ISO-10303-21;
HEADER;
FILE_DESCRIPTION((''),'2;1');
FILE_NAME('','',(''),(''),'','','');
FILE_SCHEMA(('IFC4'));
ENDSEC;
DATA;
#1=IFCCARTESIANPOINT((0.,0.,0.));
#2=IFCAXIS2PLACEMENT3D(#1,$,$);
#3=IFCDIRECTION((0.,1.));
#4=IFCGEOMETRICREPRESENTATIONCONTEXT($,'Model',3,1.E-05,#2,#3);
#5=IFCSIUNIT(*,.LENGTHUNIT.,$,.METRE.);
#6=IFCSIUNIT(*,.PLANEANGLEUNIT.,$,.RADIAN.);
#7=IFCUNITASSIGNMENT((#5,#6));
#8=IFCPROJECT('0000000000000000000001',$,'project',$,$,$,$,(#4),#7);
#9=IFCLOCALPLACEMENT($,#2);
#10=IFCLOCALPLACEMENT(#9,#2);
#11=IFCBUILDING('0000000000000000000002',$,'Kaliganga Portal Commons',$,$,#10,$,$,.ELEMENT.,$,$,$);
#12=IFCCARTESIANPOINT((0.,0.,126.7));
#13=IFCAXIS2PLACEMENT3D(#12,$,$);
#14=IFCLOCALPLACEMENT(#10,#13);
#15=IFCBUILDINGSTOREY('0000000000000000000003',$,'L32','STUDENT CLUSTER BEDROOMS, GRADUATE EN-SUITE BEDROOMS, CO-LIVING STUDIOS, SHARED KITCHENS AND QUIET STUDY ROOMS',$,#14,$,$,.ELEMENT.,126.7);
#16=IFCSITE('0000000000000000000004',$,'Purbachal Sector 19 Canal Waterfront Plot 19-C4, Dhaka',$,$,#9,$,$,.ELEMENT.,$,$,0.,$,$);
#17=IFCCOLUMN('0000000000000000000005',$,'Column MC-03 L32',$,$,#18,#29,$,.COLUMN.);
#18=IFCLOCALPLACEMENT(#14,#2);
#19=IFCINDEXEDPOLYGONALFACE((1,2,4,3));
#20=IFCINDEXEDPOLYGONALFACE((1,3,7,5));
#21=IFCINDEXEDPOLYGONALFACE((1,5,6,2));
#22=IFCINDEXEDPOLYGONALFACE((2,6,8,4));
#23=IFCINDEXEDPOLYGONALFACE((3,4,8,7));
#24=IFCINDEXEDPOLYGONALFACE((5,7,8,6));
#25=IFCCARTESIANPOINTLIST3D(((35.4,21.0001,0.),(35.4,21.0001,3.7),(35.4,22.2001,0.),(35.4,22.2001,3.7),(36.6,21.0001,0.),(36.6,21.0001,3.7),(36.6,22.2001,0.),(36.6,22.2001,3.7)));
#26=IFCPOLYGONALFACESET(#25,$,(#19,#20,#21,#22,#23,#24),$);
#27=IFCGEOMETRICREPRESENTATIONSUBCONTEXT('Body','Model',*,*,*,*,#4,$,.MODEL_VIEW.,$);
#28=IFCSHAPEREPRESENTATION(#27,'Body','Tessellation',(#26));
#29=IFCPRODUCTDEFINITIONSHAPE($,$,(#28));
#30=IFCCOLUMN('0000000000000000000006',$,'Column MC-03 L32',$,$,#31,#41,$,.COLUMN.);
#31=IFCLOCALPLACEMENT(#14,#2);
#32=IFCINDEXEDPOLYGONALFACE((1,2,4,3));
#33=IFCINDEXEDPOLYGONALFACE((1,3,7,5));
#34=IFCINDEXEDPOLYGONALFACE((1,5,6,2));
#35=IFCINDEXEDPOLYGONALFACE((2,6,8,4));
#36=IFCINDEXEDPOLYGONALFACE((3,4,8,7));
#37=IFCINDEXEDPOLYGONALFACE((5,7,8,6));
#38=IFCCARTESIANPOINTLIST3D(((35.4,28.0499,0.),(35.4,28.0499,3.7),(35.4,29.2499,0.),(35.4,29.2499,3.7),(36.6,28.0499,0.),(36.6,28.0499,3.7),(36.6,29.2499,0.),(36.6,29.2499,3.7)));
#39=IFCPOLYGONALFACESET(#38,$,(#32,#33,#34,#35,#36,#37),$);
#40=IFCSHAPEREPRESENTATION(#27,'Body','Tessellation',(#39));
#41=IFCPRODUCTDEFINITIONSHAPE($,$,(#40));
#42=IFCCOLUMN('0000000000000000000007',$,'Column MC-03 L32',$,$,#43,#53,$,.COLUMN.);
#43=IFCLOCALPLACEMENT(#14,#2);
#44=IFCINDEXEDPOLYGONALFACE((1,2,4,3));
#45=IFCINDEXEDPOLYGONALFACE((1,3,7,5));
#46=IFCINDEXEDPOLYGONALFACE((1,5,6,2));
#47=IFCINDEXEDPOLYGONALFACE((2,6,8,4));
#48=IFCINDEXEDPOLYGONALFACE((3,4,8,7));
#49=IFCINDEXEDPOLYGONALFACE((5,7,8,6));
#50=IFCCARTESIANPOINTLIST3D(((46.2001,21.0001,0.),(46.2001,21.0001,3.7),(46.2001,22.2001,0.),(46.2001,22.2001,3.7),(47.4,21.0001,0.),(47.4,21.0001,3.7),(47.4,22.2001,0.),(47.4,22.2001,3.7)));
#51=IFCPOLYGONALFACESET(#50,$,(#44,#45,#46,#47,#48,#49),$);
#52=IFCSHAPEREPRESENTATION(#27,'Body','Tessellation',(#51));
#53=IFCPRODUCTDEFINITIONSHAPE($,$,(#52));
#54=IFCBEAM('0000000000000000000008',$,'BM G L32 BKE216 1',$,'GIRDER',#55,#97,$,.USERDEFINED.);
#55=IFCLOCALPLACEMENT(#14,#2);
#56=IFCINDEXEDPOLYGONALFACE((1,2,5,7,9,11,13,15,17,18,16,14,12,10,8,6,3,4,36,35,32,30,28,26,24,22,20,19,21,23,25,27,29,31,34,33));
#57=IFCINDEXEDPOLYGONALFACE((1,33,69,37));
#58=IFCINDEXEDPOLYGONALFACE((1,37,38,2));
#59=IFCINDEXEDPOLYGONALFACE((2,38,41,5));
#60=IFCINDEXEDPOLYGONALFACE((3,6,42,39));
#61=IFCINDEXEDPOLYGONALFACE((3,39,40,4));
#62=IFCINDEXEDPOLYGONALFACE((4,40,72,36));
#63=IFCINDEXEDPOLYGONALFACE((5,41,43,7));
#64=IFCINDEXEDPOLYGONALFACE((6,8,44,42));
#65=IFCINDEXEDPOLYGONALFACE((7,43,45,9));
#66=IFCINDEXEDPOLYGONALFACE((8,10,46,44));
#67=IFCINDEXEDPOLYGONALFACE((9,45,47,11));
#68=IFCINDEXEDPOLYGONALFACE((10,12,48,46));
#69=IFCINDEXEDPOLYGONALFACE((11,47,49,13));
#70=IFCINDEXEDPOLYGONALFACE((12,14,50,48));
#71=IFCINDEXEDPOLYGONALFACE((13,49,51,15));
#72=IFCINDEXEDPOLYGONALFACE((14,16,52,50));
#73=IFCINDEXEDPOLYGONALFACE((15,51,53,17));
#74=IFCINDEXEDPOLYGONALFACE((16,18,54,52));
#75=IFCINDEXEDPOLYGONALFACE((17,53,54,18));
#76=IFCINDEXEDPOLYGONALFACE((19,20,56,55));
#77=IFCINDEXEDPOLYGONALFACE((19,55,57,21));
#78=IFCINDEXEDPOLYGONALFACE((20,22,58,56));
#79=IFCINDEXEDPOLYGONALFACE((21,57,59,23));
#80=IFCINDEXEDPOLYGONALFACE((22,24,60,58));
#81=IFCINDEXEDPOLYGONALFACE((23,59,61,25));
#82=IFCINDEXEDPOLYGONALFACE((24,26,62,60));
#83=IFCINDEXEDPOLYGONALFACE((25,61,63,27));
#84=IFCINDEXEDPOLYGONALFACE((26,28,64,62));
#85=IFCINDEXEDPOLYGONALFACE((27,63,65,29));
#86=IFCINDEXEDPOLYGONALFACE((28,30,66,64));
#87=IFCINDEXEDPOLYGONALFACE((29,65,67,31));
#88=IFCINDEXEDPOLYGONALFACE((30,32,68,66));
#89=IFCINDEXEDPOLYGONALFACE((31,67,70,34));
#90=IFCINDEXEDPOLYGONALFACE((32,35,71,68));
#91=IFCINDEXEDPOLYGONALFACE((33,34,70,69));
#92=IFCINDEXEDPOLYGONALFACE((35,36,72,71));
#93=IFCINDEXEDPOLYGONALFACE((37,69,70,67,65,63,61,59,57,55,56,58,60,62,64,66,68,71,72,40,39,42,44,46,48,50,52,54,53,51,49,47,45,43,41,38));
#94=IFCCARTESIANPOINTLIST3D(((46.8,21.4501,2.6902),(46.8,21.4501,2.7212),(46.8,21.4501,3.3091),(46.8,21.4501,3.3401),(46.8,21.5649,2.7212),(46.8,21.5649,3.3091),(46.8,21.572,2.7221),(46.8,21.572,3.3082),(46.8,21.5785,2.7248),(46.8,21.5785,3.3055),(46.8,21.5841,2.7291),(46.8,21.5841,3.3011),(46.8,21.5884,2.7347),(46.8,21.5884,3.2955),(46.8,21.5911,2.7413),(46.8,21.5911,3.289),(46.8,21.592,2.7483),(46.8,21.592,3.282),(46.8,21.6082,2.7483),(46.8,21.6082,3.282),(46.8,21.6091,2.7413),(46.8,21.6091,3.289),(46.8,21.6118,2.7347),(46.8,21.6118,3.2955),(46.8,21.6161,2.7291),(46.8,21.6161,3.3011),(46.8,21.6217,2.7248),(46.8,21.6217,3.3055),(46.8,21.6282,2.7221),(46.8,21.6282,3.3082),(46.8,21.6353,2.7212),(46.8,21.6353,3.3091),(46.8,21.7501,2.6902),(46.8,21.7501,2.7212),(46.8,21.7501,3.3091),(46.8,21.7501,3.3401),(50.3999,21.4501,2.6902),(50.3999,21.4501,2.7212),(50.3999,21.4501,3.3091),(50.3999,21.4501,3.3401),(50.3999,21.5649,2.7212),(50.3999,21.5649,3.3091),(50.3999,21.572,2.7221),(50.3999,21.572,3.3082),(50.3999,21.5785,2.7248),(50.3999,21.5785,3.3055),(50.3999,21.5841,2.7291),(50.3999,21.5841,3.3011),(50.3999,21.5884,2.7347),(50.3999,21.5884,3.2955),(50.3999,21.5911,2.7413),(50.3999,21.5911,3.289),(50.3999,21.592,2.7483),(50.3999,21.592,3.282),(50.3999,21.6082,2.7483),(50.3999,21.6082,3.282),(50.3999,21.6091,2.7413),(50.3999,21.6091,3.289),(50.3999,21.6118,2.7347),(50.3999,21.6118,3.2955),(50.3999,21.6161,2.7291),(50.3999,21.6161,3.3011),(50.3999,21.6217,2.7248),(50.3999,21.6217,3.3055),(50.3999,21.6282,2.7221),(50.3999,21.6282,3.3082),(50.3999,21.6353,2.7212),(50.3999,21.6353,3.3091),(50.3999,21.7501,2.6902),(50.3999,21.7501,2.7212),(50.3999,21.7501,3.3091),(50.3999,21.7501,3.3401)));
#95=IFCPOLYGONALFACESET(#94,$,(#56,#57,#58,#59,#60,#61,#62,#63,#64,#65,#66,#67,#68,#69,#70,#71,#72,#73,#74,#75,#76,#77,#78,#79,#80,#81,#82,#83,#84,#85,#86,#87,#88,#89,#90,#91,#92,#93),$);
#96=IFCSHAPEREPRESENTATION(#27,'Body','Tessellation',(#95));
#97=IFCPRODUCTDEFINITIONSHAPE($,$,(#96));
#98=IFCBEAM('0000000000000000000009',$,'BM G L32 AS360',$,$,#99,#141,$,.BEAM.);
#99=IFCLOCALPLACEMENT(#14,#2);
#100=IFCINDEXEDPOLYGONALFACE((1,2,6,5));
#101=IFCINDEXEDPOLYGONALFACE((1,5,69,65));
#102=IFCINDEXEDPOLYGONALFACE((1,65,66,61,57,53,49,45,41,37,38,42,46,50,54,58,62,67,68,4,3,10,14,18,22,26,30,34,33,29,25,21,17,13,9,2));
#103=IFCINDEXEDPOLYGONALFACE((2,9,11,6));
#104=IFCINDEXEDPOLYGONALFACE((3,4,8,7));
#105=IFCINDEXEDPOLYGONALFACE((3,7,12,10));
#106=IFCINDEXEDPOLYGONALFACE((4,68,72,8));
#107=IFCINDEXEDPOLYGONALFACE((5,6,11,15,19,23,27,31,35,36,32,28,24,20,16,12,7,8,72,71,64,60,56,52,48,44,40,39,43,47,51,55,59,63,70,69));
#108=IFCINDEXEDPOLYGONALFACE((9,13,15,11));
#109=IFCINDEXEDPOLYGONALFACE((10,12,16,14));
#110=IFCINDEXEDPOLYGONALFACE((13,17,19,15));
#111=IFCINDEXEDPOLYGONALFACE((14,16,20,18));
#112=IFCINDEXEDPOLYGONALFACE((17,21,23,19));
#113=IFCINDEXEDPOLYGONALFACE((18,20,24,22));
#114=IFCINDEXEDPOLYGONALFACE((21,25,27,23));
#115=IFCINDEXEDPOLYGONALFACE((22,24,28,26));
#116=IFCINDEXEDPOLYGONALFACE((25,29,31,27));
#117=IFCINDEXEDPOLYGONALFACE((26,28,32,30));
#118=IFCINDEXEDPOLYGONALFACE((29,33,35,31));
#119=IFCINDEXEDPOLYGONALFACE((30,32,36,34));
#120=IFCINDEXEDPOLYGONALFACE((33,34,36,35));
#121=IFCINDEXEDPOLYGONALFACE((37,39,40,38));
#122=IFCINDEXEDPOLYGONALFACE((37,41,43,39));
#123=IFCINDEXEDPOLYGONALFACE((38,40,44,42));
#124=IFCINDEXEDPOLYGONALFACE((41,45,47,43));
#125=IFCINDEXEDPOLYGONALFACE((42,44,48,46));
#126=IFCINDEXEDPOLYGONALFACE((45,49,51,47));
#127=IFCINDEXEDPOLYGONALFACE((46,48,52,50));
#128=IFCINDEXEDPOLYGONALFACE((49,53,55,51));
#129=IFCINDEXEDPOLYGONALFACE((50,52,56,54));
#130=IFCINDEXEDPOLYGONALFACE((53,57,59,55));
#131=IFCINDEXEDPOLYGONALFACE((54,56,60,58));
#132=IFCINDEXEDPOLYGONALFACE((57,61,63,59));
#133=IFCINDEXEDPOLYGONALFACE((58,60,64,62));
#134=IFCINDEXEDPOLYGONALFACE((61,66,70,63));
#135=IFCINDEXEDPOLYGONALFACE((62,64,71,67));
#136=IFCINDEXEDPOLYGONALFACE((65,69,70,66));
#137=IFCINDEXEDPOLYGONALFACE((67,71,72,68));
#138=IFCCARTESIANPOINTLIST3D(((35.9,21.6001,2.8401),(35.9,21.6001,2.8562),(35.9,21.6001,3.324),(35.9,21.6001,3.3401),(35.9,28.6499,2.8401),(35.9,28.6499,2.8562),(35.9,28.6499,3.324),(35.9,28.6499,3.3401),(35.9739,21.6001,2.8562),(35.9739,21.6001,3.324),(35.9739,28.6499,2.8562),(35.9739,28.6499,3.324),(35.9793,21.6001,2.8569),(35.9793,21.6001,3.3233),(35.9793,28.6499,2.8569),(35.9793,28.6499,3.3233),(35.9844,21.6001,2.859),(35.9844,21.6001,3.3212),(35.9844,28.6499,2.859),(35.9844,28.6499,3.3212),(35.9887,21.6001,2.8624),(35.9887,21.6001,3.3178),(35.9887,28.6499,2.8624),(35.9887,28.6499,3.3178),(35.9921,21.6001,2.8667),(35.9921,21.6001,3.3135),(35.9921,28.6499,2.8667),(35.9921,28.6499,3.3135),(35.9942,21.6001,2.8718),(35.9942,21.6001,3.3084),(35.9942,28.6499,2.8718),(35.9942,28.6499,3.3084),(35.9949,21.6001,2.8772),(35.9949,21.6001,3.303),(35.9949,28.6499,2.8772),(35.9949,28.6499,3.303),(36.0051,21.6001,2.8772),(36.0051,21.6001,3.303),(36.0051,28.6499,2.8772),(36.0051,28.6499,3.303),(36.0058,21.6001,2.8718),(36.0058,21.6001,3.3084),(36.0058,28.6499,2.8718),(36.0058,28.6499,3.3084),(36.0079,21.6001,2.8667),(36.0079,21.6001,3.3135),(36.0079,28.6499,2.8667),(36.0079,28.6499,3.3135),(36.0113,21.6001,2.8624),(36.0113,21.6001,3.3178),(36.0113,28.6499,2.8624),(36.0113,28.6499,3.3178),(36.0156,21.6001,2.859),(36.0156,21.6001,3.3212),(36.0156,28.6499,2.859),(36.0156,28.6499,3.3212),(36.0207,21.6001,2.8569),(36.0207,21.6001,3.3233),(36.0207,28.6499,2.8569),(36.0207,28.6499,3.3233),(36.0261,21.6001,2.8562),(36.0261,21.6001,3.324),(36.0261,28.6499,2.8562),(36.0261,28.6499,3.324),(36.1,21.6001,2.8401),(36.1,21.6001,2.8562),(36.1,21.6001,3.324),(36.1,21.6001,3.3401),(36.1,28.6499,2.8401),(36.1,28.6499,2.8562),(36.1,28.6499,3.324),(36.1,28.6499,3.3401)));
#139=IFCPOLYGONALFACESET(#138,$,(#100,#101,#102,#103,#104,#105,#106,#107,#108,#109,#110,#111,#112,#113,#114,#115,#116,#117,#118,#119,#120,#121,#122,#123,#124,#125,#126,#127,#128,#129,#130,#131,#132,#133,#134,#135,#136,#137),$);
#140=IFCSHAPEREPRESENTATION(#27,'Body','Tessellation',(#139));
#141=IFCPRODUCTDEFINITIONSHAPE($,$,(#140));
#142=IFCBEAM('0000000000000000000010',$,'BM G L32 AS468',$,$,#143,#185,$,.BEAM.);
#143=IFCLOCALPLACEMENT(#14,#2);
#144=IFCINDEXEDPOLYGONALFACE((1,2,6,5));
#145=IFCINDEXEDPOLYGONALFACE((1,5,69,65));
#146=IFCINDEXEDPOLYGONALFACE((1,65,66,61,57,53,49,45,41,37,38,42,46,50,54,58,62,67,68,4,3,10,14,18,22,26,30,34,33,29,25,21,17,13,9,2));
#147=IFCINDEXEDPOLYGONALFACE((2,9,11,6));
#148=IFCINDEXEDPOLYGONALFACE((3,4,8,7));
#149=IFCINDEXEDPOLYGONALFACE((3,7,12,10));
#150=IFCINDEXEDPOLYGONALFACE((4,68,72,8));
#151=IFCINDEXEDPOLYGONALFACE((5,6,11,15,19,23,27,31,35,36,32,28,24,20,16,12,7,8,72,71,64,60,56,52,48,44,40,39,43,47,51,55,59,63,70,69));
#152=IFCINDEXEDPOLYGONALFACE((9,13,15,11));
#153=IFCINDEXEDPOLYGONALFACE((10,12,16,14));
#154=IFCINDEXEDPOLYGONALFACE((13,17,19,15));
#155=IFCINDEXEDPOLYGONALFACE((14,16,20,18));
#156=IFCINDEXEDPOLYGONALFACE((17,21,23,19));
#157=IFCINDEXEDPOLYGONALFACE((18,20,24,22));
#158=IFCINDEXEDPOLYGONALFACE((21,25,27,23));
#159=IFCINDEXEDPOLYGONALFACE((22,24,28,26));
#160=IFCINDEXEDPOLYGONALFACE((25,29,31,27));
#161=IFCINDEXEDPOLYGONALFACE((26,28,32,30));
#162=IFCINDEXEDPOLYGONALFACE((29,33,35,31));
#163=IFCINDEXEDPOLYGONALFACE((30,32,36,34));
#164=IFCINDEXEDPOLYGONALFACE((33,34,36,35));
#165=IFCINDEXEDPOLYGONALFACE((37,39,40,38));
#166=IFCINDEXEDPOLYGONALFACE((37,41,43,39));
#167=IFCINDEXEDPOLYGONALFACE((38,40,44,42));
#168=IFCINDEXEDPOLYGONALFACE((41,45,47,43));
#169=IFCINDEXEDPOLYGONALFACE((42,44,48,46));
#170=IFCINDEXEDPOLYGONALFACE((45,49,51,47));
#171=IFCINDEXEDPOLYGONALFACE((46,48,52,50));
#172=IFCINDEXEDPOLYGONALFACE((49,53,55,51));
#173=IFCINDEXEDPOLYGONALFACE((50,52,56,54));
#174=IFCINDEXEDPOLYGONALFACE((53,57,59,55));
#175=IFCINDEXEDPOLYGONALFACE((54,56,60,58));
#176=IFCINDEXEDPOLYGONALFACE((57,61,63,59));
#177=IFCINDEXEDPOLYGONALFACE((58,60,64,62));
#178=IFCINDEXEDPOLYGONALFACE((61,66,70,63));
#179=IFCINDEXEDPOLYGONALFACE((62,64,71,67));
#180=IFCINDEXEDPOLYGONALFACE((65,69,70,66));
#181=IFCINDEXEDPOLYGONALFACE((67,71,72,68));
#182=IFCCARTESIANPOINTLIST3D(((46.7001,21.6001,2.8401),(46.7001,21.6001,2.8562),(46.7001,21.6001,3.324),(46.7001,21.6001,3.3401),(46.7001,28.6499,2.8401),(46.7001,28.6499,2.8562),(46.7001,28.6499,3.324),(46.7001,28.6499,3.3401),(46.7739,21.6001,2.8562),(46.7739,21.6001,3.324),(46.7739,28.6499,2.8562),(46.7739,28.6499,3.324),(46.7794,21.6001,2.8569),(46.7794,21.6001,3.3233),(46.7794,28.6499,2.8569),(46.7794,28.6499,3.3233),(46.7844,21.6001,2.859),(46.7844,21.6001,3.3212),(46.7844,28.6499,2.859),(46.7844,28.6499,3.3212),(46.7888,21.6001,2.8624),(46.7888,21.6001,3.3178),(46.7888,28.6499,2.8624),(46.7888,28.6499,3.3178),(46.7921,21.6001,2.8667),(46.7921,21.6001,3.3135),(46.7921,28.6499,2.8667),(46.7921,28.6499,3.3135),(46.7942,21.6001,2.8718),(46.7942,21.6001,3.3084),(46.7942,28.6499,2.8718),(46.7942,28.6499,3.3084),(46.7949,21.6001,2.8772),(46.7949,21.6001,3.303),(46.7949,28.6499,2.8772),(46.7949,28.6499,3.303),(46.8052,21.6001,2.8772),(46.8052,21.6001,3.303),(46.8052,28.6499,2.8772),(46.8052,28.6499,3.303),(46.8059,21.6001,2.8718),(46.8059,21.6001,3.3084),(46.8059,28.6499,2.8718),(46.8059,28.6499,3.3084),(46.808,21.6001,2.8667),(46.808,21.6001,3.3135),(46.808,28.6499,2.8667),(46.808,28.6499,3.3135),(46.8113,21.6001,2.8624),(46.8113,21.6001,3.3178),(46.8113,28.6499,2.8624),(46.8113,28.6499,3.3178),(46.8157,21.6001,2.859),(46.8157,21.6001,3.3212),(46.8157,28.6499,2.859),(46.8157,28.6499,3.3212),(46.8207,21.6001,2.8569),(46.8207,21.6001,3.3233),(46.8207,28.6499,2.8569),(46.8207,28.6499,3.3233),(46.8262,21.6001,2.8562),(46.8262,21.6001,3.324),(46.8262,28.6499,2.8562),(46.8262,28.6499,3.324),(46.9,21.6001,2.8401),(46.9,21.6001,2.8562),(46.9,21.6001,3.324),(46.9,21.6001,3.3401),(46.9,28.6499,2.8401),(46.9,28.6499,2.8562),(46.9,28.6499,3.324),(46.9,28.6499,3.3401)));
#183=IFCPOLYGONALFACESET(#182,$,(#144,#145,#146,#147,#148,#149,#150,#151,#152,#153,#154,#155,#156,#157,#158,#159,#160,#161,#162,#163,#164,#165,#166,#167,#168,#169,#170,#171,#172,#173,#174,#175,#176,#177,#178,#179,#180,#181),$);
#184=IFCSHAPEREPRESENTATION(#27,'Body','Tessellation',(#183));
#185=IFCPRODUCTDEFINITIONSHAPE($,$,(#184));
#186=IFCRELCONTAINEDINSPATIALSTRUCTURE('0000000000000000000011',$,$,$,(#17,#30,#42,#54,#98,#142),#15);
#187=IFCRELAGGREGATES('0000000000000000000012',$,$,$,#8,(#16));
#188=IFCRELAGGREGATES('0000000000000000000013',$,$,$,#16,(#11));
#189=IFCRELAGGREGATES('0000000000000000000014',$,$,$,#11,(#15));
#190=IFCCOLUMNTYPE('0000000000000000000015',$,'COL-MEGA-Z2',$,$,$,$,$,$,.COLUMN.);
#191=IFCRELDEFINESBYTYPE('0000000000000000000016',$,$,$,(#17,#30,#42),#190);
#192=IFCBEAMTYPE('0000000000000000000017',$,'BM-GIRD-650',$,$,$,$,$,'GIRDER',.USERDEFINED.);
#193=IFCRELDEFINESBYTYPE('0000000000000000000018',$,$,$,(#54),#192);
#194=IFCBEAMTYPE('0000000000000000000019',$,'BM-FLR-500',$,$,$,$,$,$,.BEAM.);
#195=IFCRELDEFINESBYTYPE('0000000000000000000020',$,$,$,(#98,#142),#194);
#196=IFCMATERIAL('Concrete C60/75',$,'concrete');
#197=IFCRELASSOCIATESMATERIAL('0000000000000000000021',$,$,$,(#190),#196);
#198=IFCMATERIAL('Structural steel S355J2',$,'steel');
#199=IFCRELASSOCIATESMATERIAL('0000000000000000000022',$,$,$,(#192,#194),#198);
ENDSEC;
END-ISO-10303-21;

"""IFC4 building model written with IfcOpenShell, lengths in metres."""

from ifc_helpers import new_model, si_unit, direction, frame, origin, origin_2d, place, context, subcontext, project, spatial, rectangle, i_section, extrude, source, transform, mapped, material, material_profile, profile_set, type_object, element, save


model = new_model("IFC4")

# Units and contexts
model_context = context("Model", 3, precision=1e-05, world=origin(), true_north=direction((0.0, 1.0)))
body_context = subcontext(model_context, "Body", "Model", "MODEL_VIEW")
ifc_project = project(units=[si_unit("LENGTHUNIT", "METRE"), si_unit("PLANEANGLEUNIT", "RADIAN")], contexts=[model_context])

# Site, building, storey
site_placement = place(None, origin())
site = spatial("IfcSite", under=ifc_project, at=site_placement, Name="Purbachal Sector 19 Canal Waterfront Plot 19-C4, Dhaka", CompositionType="ELEMENT", RefElevation=0.0)
building_placement = place(site_placement, origin())
building = spatial("IfcBuilding", under=site, at=building_placement, Name="Kaliganga Portal Commons", CompositionType="ELEMENT")
storey_placement = place(building_placement, frame((0.0, 0.0, 126.7)))
storey = spatial("IfcBuildingStorey", under=building, at=storey_placement, Name="L32", Description="STUDENT CLUSTER BEDROOMS, GRADUATE EN-SUITE BEDROOMS, CO-LIVING STUDIOS, SHARED KITCHENS AND QUIET STUDY ROOMS", CompositionType="ELEMENT", Elevation=126.7)

# Columns
ifc_material_1 = material(Name="Concrete C60/75", Category="concrete")
ifc_material_profile_1 = material_profile(ifc_material_1, rectangle(XDim=1.2, YDim=1.2, at=origin_2d()), Name="RC 1200x1200")
ifc_profile_set_1 = profile_set([ifc_material_profile_1], Name="Concrete C60/75")
column_type = type_object("IfcColumnType", Name="COL-MEGA-Z2", PredefinedType="COLUMN", material=ifc_profile_set_1)
shared_shape_1 = source(origin(), body_context, "Body", "SweptSolid", [
    extrude(rectangle(XDim=1.2, YDim=1.2, at=origin_2d()), origin(), (0.0, 0.0, 1.0), 3.7),
])
for number, where, z_axis, x_axis, name in (
    (1, (36.0, 21.6001, 0.0), (0.0, 0.0, 1.0), (1.0, 0.0, 0.0), "Column MC-03 L32"),
    (2, (36.0, 28.6499, 0.0), (0.0, 0.0, 1.0), (1.0, 0.0, 0.0), "Column MC-03 L32"),
    (3, (46.8, 21.6001, 0.0), (0.0, 0.0, 1.0), (1.0, 0.0, 0.0), "Column MC-03 L32"),
):
    element("IfcColumn", number, at=place(storey_placement, frame(where, z_axis=z_axis, x_axis=x_axis)), inside=storey, type_object=column_type, Name=name, PredefinedType="COLUMN", context=body_context, shape_type="MappedRepresentation", body=[
        mapped(shared_shape_1, transform((0.0, 0.0, 0.0), x_axis=(1.0, 0.0, 0.0), y_axis=(0.0, 1.0, 0.0), z_axis=(0.0, 0.0, 1.0), scale=1.0)),
    ])

# Beams
ifc_material_2 = material(Name="Structural steel S355J2", Category="steel")
ifc_material_profile_2 = material_profile(ifc_material_2, i_section(OverallWidth=0.3, OverallDepth=0.6499, WebThickness=0.0161, FlangeThickness=0.031, FilletRadius=0.0271, at=origin_2d()), Name="HE 650 B")
ifc_profile_set_2 = profile_set([ifc_material_profile_2], Name="Structural steel S355J2 wide-flange")
beam_type_1 = type_object("IfcBeamType", Name="BM-GIRD-650", ElementType="GIRDER", PredefinedType="USERDEFINED", material=ifc_profile_set_2)
shared_shape_2 = source(origin(), body_context, "Body", "SweptSolid", [
    extrude(i_section(OverallWidth=0.3, OverallDepth=0.6499, WebThickness=0.0161, FlangeThickness=0.031, FilletRadius=0.0271, at=origin_2d()), origin(), (0.0, 0.0, 1.0), 3.5999),
])
beam_1_placement = place(storey_placement, frame((46.8, 21.6001, 3.0151), z_axis=(1.0, 0.0, 0.0), x_axis=(0.0, 1.0, 0.0)))
element("IfcBeam", 4, at=beam_1_placement, inside=storey, type_object=beam_type_1, Name="BM G L32 BKE216 1", ObjectType="GIRDER", PredefinedType="USERDEFINED", context=body_context, shape_type="MappedRepresentation", body=[
    mapped(shared_shape_2, transform((0.0, 0.0, 0.0), x_axis=(1.0, 0.0, 0.0), y_axis=(0.0, 1.0, 0.0), z_axis=(0.0, 0.0, 1.0), scale=1.0)),
])
ifc_material_profile_3 = material_profile(ifc_material_2, i_section(OverallWidth=0.2, OverallDepth=0.5, WebThickness=0.0103, FlangeThickness=0.0161, FilletRadius=0.021, at=origin_2d()), Name="IPE 500")
ifc_profile_set_3 = profile_set([ifc_material_profile_3], Name="Structural steel S355J2 wide-flange")
beam_type_2 = type_object("IfcBeamType", Name="BM-FLR-500", PredefinedType="BEAM", material=ifc_profile_set_3)
shared_shape_3 = source(origin(), body_context, "Body", "SweptSolid", [
    extrude(i_section(OverallWidth=0.2, OverallDepth=0.5, WebThickness=0.0103, FlangeThickness=0.0161, FilletRadius=0.021, at=origin_2d()), origin(), (0.0, 0.0, 1.0), 7.0498),
])
for number, where, z_axis, x_axis, name in (
    (5, (36.0, 21.6001, 3.0901), (0.0, 1.0, 0.0), (-1.0, 0.0, 0.0), "BM G L32 AS360"),
    (6, (46.8, 21.6001, 3.0901), (0.0, 1.0, 0.0), (-1.0, 0.0, 0.0), "BM G L32 AS468"),
):
    element("IfcBeam", number, at=place(storey_placement, frame(where, z_axis=z_axis, x_axis=x_axis)), inside=storey, type_object=beam_type_2, Name=name, PredefinedType="BEAM", context=body_context, shape_type="MappedRepresentation", body=[
        mapped(shared_shape_3, transform((0.0, 0.0, 0.0), x_axis=(1.0, 0.0, 0.0), y_axis=(0.0, 1.0, 0.0), z_axis=(0.0, 0.0, 1.0), scale=1.0)),
    ])

save(model, "model.ifc")
